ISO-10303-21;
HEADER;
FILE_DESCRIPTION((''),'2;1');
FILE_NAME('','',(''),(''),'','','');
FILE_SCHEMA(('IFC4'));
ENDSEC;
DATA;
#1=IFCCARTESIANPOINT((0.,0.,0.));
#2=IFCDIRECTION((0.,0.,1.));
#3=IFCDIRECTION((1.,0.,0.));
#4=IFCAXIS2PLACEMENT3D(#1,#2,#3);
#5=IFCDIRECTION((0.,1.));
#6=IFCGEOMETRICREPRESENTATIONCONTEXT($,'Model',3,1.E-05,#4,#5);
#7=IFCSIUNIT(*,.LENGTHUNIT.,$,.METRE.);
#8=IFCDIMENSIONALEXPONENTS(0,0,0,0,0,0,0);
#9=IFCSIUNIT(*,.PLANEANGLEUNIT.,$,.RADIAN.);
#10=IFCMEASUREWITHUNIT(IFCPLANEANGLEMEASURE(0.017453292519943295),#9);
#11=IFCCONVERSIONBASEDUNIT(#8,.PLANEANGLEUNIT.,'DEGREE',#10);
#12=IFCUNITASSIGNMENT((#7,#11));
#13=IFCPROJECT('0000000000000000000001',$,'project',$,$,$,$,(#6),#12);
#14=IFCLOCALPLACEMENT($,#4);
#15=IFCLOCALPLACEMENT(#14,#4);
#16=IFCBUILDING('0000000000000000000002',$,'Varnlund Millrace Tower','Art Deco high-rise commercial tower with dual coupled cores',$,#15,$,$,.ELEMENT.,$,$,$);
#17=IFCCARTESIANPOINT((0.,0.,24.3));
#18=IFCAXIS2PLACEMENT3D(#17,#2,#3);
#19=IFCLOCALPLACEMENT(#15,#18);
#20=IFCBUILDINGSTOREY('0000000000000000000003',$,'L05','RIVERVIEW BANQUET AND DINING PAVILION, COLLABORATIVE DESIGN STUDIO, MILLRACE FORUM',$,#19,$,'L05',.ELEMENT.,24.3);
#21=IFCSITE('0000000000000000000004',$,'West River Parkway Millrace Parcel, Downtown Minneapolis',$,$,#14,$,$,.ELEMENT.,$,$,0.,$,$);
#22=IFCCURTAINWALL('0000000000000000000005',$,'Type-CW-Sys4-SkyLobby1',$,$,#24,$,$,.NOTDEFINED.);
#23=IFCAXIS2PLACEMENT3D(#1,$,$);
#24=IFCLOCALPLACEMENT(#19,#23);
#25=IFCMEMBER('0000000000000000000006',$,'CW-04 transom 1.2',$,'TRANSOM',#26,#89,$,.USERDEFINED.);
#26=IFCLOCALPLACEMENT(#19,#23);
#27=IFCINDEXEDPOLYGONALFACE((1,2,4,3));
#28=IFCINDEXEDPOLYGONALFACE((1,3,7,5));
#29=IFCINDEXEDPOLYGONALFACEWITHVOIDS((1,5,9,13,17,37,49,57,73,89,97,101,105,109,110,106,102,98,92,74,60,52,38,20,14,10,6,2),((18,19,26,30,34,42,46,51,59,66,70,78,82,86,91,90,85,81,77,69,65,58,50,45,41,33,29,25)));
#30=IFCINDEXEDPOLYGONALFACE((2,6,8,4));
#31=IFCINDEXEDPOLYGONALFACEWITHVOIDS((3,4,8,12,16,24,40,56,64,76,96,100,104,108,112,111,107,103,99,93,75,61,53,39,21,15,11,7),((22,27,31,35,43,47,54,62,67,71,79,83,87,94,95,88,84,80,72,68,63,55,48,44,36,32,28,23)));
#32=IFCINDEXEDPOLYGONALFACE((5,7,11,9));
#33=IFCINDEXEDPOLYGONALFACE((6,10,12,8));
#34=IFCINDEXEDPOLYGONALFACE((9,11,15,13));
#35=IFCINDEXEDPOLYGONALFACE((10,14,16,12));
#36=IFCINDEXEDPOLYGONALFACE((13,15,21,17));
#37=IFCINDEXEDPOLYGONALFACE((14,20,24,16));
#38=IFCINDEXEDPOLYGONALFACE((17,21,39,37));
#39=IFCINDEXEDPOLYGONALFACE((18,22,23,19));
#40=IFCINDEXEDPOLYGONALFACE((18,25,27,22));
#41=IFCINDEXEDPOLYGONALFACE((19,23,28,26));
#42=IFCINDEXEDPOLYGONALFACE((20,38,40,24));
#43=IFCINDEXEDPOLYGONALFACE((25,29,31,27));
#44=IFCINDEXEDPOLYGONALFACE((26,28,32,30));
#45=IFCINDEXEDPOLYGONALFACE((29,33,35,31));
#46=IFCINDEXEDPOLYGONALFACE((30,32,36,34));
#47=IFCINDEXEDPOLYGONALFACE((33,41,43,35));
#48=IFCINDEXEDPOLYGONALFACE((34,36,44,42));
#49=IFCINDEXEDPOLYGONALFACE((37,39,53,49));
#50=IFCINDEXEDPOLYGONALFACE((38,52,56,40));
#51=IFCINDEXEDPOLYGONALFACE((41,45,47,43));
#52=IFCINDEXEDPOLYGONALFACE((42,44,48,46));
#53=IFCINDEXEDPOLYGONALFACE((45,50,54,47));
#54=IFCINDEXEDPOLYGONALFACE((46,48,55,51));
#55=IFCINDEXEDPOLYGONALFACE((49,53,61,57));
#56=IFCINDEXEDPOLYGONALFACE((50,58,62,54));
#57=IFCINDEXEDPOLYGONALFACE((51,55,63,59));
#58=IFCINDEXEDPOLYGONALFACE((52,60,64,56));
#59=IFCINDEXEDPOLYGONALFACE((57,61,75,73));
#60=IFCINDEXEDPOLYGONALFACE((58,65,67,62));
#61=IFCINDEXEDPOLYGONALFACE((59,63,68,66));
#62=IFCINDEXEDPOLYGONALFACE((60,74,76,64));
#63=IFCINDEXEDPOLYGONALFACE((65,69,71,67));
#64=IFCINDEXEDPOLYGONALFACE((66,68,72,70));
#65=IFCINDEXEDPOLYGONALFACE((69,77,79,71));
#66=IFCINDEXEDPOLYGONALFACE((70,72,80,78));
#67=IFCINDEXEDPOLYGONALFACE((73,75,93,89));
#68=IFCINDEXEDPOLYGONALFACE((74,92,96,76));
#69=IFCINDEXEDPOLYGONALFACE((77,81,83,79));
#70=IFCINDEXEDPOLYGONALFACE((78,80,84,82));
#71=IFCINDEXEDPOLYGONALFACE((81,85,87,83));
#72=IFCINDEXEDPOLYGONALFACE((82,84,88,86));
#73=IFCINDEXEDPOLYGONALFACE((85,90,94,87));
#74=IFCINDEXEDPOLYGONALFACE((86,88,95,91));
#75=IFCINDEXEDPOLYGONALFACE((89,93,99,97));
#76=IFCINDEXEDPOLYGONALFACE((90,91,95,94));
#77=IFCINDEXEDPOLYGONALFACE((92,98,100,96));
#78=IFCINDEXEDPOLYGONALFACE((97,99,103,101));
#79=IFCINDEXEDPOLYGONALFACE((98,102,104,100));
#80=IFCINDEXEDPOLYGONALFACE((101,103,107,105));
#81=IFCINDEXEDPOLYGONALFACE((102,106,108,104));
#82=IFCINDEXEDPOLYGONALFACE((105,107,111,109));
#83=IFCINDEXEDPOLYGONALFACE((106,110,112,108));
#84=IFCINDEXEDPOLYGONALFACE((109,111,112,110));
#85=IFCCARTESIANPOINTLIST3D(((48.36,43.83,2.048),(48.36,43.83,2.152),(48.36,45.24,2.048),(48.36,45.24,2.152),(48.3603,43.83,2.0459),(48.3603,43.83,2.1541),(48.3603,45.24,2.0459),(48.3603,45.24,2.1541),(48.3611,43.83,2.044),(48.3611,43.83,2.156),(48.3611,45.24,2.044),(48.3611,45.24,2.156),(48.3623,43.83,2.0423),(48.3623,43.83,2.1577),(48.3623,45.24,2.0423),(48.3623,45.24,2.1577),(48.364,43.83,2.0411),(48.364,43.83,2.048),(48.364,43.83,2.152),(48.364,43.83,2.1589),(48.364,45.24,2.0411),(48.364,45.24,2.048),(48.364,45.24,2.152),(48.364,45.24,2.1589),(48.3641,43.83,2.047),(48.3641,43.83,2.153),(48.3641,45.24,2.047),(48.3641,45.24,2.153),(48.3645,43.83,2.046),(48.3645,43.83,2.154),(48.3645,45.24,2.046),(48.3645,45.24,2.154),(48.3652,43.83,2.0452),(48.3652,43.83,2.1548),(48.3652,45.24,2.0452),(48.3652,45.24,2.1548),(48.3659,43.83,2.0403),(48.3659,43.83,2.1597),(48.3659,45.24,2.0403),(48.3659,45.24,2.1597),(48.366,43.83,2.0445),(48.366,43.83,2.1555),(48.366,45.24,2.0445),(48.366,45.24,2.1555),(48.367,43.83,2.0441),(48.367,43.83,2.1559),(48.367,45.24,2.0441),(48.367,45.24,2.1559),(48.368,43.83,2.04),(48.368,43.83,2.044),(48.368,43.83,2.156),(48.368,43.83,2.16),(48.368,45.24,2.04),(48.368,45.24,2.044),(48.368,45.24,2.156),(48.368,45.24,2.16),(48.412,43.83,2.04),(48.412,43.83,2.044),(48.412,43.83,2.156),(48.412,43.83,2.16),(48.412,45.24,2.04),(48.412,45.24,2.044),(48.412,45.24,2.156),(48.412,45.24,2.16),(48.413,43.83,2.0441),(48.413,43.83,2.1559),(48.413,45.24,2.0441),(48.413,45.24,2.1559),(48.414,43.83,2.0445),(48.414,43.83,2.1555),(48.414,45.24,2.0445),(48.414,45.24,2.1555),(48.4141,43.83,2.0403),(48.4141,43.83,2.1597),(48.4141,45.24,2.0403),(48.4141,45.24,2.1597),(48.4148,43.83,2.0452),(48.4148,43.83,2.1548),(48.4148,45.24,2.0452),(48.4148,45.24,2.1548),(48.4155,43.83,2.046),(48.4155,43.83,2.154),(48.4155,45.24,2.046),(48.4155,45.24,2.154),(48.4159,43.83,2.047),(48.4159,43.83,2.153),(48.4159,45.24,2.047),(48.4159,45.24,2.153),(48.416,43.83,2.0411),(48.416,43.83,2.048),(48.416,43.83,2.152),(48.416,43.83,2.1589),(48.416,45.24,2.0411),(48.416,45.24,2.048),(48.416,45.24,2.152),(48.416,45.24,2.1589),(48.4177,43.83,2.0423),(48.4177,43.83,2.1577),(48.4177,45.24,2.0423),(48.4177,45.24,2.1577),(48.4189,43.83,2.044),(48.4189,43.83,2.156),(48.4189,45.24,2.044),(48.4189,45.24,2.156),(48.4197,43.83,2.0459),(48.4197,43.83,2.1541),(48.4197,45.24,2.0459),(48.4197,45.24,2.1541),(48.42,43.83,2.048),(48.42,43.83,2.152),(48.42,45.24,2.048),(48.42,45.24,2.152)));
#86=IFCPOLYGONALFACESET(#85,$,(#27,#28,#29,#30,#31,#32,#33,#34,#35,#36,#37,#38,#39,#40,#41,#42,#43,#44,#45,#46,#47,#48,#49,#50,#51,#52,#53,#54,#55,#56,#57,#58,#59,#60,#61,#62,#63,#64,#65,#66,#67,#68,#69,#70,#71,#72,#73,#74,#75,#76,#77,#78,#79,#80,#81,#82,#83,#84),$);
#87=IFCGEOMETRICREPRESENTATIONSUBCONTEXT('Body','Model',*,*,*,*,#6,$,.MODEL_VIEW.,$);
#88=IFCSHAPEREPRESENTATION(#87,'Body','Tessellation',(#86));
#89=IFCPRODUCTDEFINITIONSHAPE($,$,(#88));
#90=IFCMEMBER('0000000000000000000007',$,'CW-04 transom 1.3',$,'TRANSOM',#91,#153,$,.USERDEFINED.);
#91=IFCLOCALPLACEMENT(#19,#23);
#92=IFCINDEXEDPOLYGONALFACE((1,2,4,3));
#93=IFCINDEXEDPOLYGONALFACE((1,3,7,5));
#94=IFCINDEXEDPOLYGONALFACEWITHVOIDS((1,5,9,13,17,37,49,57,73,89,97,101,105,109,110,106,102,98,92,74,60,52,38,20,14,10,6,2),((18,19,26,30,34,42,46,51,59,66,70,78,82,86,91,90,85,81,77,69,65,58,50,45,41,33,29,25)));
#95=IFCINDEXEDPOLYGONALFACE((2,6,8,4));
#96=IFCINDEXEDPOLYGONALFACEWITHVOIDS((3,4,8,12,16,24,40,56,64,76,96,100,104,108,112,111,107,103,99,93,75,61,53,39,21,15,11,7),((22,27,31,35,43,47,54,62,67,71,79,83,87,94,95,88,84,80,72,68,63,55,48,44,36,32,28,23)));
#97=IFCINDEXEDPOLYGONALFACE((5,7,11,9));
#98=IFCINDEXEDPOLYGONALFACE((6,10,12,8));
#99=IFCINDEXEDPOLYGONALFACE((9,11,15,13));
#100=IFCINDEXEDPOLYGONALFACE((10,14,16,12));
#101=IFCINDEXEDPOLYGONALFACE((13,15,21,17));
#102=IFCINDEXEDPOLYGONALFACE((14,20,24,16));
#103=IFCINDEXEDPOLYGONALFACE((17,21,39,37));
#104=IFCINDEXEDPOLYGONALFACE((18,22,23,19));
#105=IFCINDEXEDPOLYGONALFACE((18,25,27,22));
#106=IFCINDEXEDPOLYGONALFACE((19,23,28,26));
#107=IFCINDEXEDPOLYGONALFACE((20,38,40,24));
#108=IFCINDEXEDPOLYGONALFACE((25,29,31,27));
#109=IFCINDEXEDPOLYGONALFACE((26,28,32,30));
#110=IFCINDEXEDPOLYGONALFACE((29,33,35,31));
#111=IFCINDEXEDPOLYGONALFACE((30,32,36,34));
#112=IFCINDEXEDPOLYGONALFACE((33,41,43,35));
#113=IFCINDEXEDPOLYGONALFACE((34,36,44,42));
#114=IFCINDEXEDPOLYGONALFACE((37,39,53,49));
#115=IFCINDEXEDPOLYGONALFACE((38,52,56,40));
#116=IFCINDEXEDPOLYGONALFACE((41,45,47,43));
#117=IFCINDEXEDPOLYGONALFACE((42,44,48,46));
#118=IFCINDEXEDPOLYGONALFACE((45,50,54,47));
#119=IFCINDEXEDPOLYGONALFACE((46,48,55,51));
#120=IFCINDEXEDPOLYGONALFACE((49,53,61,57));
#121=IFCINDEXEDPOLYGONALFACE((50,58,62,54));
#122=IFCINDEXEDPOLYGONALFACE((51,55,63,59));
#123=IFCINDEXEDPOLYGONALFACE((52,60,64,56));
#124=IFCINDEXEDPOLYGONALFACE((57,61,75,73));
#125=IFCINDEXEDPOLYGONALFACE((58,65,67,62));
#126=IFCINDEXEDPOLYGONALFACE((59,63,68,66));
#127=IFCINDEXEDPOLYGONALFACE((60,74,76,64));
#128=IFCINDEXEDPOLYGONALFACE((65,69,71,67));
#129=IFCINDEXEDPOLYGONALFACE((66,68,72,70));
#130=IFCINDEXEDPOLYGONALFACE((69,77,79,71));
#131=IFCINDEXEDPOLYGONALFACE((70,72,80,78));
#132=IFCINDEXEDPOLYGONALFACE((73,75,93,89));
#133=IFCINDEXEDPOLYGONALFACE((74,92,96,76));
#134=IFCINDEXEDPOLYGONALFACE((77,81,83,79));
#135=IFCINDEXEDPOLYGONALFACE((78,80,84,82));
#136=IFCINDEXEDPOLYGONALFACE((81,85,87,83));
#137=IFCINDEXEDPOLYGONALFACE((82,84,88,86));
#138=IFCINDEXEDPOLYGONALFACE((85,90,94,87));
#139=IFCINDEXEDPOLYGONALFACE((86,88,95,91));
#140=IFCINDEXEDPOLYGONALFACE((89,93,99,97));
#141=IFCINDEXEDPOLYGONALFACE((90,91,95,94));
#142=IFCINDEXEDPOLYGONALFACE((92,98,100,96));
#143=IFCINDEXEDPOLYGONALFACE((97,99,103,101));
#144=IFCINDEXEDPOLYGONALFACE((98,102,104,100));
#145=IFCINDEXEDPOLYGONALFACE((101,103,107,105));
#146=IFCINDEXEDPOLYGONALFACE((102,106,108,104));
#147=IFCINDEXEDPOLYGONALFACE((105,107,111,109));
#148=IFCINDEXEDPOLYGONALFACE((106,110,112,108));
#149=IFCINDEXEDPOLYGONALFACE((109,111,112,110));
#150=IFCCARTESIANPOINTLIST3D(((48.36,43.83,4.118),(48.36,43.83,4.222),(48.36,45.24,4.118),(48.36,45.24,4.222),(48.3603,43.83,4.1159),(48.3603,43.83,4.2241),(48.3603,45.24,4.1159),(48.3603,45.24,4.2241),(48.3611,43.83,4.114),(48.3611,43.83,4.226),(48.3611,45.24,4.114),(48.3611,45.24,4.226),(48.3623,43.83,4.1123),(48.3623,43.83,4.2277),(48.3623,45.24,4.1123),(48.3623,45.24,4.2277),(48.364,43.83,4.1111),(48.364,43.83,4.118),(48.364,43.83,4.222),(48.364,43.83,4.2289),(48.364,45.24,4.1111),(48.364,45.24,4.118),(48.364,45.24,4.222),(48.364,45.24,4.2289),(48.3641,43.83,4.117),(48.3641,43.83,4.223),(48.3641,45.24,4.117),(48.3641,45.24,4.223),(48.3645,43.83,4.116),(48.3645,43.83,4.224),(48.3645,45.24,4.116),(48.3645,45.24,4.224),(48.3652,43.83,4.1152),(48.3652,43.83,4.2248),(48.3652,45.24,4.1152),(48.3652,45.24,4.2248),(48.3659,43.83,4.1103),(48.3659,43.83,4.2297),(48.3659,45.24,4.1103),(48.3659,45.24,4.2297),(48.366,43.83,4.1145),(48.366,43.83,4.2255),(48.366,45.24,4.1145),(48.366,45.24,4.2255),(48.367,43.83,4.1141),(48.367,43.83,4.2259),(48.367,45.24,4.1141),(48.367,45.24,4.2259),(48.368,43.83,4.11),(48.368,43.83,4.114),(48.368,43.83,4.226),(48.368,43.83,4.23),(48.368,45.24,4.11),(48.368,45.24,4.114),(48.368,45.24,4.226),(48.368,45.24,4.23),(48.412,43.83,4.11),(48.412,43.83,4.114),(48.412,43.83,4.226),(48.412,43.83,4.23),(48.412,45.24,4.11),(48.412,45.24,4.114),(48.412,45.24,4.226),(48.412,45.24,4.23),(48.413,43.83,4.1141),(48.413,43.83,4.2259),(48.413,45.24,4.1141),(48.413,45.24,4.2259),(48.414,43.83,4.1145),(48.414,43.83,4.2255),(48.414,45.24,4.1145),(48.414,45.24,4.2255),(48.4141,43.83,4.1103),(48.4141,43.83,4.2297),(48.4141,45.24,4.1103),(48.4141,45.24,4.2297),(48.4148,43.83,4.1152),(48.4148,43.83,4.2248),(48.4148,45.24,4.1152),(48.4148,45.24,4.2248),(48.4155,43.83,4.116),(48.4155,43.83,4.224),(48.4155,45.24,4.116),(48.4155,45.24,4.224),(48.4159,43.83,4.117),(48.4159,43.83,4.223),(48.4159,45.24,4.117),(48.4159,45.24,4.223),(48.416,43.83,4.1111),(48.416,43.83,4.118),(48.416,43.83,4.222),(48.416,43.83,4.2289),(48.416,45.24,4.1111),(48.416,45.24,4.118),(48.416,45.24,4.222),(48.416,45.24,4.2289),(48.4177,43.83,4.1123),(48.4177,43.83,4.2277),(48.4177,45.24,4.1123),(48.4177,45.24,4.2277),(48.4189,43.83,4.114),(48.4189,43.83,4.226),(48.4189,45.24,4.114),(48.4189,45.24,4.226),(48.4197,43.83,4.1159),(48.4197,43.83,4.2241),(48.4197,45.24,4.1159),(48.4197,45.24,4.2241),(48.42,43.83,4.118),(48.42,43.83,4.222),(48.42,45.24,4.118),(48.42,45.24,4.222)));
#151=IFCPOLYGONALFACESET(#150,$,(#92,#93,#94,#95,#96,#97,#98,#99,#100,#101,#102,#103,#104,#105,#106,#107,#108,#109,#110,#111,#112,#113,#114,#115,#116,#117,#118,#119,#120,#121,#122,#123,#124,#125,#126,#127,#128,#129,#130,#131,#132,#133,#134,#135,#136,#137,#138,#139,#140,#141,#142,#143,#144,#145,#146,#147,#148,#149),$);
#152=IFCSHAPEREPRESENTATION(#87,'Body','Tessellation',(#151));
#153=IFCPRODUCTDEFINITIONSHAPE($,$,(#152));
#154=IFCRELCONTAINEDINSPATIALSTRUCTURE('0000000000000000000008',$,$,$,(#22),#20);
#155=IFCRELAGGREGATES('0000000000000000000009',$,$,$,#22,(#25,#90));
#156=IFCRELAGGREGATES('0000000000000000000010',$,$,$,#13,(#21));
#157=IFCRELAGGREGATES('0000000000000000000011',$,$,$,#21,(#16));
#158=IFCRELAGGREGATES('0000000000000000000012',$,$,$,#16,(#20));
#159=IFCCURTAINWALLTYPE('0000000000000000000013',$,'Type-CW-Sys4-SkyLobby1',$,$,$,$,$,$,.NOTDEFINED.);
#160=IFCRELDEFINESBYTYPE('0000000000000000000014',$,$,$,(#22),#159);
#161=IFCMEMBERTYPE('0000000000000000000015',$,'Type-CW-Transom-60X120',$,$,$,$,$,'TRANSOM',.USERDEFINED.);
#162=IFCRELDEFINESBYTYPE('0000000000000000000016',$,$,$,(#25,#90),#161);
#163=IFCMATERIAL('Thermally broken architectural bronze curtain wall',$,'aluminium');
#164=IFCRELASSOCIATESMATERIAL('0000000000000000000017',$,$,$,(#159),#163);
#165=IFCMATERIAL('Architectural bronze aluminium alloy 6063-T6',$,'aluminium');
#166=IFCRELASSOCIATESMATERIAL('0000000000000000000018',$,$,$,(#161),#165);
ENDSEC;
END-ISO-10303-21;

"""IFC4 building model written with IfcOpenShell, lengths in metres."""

from ifc_helpers import new_model, entity, si_unit, converted_unit, direction, frame, origin_with_axes, origin_2d_with_axis, place, context, subcontext, project, spatial, hollow_rectangle, extrude, material, material_profile, profile_set, type_object, element, aggregate, save


model = new_model("IFC4")

# Units and contexts
model_context = context("Model", 3, precision=1e-05, world=origin_with_axes(), true_north=direction((0.0, 1.0)))
body_context = subcontext(model_context, "Body", "Model", "MODEL_VIEW")
ifc_project = project(units=[si_unit("LENGTHUNIT", "METRE"), converted_unit("PLANEANGLEUNIT", "DEGREE", entity("IfcPlaneAngleMeasure", 0.017453292519943295), si_unit("PLANEANGLEUNIT", "RADIAN"), dimensions=[0, 0, 0, 0, 0, 0, 0])], contexts=[model_context])

# Site, building, storey
site_placement = place(None, origin_with_axes())
site = spatial("IfcSite", under=ifc_project, at=site_placement, Name="West River Parkway Millrace Parcel, Downtown Minneapolis", CompositionType="ELEMENT", RefElevation=0.0)
building_placement = place(site_placement, origin_with_axes())
building = spatial("IfcBuilding", under=site, at=building_placement, Name="Varnlund Millrace Tower", Description="Art Deco high-rise commercial tower with dual coupled cores", CompositionType="ELEMENT")
storey_placement = place(building_placement, frame((0.0, 0.0, 24.3), z_axis=(0.0, 0.0, 1.0), x_axis=(1.0, 0.0, 0.0)))
storey = spatial("IfcBuildingStorey", under=building, at=storey_placement, Name="L05", Description="RIVERVIEW BANQUET AND DINING PAVILION, COLLABORATIVE DESIGN STUDIO, MILLRACE FORUM", LongName="L05", CompositionType="ELEMENT", Elevation=24.3)

# Curtain wall
ifc_material_1 = material(Name="Thermally broken architectural bronze curtain wall", Category="aluminium")
curtain_wall_type = type_object("IfcCurtainWallType", Name="Type-CW-Sys4-SkyLobby1", PredefinedType="NOTDEFINED", material=ifc_material_1)
ifc_material_2 = material(Name="Architectural bronze aluminium alloy 6063-T6", Category="aluminium")
curtain_wall_1_placement = place(storey_placement, frame((48.39, 45.3, 0.0), z_axis=(0.0, 0.0, 1.0), x_axis=(1.0, 0.0, 0.0)))
curtain_wall_1 = element("IfcCurtainWall", 1, at=curtain_wall_1_placement, inside=storey, type_object=curtain_wall_type, Name="Type-CW-Sys4-SkyLobby1", PredefinedType="NOTDEFINED")

# Members
ifc_material_profile_1 = material_profile(ifc_material_2, hollow_rectangle(XDim=0.06, YDim=0.12, WallThickness=0.004, InnerFilletRadius=0.004, OuterFilletRadius=0.008, at=origin_2d_with_axis()), Name="Architectural bronze aluminium alloy 6063-T6")
ifc_profile_set_1 = profile_set([ifc_material_profile_1], Name="Architectural bronze aluminium alloy 6063-T6")
member_type_1 = type_object("IfcMemberType", Name="Type-CW-Transom-60X120", ElementType="TRANSOM", PredefinedType="USERDEFINED", material=ifc_profile_set_1)
member_1_placement = place(storey_placement, frame((48.39, 45.24, 2.1), z_axis=(0.0, -1.0, 0.0), x_axis=(1.0, 0.0, 0.0)))
member_1 = element("IfcMember", 2, at=member_1_placement, type_object=member_type_1, Name="CW-04 transom 1.2", ObjectType="TRANSOM", PredefinedType="USERDEFINED", context=body_context, shape_type="SweptSolid", body=[
    extrude(hollow_rectangle(XDim=0.06, YDim=0.12, WallThickness=0.004, InnerFilletRadius=0.004, OuterFilletRadius=0.008, at=origin_2d_with_axis()), origin_with_axes(), (0.0, 0.0, 1.0), 1.41),
])
member_2_placement = place(storey_placement, frame((48.39, 45.24, 4.17), z_axis=(0.0, -1.0, 0.0), x_axis=(1.0, 0.0, 0.0)))
member_2 = element("IfcMember", 3, at=member_2_placement, type_object=member_type_1, Name="CW-04 transom 1.3", ObjectType="TRANSOM", PredefinedType="USERDEFINED", context=body_context, shape_type="SweptSolid", body=[
    extrude(hollow_rectangle(XDim=0.06, YDim=0.12, WallThickness=0.004, InnerFilletRadius=0.004, OuterFilletRadius=0.008, at=origin_2d_with_axis()), origin_with_axes(), (0.0, 0.0, 1.0), 1.41),
])

aggregate(curtain_wall_1, [member_1, member_2])

save(model, "model.ifc")
